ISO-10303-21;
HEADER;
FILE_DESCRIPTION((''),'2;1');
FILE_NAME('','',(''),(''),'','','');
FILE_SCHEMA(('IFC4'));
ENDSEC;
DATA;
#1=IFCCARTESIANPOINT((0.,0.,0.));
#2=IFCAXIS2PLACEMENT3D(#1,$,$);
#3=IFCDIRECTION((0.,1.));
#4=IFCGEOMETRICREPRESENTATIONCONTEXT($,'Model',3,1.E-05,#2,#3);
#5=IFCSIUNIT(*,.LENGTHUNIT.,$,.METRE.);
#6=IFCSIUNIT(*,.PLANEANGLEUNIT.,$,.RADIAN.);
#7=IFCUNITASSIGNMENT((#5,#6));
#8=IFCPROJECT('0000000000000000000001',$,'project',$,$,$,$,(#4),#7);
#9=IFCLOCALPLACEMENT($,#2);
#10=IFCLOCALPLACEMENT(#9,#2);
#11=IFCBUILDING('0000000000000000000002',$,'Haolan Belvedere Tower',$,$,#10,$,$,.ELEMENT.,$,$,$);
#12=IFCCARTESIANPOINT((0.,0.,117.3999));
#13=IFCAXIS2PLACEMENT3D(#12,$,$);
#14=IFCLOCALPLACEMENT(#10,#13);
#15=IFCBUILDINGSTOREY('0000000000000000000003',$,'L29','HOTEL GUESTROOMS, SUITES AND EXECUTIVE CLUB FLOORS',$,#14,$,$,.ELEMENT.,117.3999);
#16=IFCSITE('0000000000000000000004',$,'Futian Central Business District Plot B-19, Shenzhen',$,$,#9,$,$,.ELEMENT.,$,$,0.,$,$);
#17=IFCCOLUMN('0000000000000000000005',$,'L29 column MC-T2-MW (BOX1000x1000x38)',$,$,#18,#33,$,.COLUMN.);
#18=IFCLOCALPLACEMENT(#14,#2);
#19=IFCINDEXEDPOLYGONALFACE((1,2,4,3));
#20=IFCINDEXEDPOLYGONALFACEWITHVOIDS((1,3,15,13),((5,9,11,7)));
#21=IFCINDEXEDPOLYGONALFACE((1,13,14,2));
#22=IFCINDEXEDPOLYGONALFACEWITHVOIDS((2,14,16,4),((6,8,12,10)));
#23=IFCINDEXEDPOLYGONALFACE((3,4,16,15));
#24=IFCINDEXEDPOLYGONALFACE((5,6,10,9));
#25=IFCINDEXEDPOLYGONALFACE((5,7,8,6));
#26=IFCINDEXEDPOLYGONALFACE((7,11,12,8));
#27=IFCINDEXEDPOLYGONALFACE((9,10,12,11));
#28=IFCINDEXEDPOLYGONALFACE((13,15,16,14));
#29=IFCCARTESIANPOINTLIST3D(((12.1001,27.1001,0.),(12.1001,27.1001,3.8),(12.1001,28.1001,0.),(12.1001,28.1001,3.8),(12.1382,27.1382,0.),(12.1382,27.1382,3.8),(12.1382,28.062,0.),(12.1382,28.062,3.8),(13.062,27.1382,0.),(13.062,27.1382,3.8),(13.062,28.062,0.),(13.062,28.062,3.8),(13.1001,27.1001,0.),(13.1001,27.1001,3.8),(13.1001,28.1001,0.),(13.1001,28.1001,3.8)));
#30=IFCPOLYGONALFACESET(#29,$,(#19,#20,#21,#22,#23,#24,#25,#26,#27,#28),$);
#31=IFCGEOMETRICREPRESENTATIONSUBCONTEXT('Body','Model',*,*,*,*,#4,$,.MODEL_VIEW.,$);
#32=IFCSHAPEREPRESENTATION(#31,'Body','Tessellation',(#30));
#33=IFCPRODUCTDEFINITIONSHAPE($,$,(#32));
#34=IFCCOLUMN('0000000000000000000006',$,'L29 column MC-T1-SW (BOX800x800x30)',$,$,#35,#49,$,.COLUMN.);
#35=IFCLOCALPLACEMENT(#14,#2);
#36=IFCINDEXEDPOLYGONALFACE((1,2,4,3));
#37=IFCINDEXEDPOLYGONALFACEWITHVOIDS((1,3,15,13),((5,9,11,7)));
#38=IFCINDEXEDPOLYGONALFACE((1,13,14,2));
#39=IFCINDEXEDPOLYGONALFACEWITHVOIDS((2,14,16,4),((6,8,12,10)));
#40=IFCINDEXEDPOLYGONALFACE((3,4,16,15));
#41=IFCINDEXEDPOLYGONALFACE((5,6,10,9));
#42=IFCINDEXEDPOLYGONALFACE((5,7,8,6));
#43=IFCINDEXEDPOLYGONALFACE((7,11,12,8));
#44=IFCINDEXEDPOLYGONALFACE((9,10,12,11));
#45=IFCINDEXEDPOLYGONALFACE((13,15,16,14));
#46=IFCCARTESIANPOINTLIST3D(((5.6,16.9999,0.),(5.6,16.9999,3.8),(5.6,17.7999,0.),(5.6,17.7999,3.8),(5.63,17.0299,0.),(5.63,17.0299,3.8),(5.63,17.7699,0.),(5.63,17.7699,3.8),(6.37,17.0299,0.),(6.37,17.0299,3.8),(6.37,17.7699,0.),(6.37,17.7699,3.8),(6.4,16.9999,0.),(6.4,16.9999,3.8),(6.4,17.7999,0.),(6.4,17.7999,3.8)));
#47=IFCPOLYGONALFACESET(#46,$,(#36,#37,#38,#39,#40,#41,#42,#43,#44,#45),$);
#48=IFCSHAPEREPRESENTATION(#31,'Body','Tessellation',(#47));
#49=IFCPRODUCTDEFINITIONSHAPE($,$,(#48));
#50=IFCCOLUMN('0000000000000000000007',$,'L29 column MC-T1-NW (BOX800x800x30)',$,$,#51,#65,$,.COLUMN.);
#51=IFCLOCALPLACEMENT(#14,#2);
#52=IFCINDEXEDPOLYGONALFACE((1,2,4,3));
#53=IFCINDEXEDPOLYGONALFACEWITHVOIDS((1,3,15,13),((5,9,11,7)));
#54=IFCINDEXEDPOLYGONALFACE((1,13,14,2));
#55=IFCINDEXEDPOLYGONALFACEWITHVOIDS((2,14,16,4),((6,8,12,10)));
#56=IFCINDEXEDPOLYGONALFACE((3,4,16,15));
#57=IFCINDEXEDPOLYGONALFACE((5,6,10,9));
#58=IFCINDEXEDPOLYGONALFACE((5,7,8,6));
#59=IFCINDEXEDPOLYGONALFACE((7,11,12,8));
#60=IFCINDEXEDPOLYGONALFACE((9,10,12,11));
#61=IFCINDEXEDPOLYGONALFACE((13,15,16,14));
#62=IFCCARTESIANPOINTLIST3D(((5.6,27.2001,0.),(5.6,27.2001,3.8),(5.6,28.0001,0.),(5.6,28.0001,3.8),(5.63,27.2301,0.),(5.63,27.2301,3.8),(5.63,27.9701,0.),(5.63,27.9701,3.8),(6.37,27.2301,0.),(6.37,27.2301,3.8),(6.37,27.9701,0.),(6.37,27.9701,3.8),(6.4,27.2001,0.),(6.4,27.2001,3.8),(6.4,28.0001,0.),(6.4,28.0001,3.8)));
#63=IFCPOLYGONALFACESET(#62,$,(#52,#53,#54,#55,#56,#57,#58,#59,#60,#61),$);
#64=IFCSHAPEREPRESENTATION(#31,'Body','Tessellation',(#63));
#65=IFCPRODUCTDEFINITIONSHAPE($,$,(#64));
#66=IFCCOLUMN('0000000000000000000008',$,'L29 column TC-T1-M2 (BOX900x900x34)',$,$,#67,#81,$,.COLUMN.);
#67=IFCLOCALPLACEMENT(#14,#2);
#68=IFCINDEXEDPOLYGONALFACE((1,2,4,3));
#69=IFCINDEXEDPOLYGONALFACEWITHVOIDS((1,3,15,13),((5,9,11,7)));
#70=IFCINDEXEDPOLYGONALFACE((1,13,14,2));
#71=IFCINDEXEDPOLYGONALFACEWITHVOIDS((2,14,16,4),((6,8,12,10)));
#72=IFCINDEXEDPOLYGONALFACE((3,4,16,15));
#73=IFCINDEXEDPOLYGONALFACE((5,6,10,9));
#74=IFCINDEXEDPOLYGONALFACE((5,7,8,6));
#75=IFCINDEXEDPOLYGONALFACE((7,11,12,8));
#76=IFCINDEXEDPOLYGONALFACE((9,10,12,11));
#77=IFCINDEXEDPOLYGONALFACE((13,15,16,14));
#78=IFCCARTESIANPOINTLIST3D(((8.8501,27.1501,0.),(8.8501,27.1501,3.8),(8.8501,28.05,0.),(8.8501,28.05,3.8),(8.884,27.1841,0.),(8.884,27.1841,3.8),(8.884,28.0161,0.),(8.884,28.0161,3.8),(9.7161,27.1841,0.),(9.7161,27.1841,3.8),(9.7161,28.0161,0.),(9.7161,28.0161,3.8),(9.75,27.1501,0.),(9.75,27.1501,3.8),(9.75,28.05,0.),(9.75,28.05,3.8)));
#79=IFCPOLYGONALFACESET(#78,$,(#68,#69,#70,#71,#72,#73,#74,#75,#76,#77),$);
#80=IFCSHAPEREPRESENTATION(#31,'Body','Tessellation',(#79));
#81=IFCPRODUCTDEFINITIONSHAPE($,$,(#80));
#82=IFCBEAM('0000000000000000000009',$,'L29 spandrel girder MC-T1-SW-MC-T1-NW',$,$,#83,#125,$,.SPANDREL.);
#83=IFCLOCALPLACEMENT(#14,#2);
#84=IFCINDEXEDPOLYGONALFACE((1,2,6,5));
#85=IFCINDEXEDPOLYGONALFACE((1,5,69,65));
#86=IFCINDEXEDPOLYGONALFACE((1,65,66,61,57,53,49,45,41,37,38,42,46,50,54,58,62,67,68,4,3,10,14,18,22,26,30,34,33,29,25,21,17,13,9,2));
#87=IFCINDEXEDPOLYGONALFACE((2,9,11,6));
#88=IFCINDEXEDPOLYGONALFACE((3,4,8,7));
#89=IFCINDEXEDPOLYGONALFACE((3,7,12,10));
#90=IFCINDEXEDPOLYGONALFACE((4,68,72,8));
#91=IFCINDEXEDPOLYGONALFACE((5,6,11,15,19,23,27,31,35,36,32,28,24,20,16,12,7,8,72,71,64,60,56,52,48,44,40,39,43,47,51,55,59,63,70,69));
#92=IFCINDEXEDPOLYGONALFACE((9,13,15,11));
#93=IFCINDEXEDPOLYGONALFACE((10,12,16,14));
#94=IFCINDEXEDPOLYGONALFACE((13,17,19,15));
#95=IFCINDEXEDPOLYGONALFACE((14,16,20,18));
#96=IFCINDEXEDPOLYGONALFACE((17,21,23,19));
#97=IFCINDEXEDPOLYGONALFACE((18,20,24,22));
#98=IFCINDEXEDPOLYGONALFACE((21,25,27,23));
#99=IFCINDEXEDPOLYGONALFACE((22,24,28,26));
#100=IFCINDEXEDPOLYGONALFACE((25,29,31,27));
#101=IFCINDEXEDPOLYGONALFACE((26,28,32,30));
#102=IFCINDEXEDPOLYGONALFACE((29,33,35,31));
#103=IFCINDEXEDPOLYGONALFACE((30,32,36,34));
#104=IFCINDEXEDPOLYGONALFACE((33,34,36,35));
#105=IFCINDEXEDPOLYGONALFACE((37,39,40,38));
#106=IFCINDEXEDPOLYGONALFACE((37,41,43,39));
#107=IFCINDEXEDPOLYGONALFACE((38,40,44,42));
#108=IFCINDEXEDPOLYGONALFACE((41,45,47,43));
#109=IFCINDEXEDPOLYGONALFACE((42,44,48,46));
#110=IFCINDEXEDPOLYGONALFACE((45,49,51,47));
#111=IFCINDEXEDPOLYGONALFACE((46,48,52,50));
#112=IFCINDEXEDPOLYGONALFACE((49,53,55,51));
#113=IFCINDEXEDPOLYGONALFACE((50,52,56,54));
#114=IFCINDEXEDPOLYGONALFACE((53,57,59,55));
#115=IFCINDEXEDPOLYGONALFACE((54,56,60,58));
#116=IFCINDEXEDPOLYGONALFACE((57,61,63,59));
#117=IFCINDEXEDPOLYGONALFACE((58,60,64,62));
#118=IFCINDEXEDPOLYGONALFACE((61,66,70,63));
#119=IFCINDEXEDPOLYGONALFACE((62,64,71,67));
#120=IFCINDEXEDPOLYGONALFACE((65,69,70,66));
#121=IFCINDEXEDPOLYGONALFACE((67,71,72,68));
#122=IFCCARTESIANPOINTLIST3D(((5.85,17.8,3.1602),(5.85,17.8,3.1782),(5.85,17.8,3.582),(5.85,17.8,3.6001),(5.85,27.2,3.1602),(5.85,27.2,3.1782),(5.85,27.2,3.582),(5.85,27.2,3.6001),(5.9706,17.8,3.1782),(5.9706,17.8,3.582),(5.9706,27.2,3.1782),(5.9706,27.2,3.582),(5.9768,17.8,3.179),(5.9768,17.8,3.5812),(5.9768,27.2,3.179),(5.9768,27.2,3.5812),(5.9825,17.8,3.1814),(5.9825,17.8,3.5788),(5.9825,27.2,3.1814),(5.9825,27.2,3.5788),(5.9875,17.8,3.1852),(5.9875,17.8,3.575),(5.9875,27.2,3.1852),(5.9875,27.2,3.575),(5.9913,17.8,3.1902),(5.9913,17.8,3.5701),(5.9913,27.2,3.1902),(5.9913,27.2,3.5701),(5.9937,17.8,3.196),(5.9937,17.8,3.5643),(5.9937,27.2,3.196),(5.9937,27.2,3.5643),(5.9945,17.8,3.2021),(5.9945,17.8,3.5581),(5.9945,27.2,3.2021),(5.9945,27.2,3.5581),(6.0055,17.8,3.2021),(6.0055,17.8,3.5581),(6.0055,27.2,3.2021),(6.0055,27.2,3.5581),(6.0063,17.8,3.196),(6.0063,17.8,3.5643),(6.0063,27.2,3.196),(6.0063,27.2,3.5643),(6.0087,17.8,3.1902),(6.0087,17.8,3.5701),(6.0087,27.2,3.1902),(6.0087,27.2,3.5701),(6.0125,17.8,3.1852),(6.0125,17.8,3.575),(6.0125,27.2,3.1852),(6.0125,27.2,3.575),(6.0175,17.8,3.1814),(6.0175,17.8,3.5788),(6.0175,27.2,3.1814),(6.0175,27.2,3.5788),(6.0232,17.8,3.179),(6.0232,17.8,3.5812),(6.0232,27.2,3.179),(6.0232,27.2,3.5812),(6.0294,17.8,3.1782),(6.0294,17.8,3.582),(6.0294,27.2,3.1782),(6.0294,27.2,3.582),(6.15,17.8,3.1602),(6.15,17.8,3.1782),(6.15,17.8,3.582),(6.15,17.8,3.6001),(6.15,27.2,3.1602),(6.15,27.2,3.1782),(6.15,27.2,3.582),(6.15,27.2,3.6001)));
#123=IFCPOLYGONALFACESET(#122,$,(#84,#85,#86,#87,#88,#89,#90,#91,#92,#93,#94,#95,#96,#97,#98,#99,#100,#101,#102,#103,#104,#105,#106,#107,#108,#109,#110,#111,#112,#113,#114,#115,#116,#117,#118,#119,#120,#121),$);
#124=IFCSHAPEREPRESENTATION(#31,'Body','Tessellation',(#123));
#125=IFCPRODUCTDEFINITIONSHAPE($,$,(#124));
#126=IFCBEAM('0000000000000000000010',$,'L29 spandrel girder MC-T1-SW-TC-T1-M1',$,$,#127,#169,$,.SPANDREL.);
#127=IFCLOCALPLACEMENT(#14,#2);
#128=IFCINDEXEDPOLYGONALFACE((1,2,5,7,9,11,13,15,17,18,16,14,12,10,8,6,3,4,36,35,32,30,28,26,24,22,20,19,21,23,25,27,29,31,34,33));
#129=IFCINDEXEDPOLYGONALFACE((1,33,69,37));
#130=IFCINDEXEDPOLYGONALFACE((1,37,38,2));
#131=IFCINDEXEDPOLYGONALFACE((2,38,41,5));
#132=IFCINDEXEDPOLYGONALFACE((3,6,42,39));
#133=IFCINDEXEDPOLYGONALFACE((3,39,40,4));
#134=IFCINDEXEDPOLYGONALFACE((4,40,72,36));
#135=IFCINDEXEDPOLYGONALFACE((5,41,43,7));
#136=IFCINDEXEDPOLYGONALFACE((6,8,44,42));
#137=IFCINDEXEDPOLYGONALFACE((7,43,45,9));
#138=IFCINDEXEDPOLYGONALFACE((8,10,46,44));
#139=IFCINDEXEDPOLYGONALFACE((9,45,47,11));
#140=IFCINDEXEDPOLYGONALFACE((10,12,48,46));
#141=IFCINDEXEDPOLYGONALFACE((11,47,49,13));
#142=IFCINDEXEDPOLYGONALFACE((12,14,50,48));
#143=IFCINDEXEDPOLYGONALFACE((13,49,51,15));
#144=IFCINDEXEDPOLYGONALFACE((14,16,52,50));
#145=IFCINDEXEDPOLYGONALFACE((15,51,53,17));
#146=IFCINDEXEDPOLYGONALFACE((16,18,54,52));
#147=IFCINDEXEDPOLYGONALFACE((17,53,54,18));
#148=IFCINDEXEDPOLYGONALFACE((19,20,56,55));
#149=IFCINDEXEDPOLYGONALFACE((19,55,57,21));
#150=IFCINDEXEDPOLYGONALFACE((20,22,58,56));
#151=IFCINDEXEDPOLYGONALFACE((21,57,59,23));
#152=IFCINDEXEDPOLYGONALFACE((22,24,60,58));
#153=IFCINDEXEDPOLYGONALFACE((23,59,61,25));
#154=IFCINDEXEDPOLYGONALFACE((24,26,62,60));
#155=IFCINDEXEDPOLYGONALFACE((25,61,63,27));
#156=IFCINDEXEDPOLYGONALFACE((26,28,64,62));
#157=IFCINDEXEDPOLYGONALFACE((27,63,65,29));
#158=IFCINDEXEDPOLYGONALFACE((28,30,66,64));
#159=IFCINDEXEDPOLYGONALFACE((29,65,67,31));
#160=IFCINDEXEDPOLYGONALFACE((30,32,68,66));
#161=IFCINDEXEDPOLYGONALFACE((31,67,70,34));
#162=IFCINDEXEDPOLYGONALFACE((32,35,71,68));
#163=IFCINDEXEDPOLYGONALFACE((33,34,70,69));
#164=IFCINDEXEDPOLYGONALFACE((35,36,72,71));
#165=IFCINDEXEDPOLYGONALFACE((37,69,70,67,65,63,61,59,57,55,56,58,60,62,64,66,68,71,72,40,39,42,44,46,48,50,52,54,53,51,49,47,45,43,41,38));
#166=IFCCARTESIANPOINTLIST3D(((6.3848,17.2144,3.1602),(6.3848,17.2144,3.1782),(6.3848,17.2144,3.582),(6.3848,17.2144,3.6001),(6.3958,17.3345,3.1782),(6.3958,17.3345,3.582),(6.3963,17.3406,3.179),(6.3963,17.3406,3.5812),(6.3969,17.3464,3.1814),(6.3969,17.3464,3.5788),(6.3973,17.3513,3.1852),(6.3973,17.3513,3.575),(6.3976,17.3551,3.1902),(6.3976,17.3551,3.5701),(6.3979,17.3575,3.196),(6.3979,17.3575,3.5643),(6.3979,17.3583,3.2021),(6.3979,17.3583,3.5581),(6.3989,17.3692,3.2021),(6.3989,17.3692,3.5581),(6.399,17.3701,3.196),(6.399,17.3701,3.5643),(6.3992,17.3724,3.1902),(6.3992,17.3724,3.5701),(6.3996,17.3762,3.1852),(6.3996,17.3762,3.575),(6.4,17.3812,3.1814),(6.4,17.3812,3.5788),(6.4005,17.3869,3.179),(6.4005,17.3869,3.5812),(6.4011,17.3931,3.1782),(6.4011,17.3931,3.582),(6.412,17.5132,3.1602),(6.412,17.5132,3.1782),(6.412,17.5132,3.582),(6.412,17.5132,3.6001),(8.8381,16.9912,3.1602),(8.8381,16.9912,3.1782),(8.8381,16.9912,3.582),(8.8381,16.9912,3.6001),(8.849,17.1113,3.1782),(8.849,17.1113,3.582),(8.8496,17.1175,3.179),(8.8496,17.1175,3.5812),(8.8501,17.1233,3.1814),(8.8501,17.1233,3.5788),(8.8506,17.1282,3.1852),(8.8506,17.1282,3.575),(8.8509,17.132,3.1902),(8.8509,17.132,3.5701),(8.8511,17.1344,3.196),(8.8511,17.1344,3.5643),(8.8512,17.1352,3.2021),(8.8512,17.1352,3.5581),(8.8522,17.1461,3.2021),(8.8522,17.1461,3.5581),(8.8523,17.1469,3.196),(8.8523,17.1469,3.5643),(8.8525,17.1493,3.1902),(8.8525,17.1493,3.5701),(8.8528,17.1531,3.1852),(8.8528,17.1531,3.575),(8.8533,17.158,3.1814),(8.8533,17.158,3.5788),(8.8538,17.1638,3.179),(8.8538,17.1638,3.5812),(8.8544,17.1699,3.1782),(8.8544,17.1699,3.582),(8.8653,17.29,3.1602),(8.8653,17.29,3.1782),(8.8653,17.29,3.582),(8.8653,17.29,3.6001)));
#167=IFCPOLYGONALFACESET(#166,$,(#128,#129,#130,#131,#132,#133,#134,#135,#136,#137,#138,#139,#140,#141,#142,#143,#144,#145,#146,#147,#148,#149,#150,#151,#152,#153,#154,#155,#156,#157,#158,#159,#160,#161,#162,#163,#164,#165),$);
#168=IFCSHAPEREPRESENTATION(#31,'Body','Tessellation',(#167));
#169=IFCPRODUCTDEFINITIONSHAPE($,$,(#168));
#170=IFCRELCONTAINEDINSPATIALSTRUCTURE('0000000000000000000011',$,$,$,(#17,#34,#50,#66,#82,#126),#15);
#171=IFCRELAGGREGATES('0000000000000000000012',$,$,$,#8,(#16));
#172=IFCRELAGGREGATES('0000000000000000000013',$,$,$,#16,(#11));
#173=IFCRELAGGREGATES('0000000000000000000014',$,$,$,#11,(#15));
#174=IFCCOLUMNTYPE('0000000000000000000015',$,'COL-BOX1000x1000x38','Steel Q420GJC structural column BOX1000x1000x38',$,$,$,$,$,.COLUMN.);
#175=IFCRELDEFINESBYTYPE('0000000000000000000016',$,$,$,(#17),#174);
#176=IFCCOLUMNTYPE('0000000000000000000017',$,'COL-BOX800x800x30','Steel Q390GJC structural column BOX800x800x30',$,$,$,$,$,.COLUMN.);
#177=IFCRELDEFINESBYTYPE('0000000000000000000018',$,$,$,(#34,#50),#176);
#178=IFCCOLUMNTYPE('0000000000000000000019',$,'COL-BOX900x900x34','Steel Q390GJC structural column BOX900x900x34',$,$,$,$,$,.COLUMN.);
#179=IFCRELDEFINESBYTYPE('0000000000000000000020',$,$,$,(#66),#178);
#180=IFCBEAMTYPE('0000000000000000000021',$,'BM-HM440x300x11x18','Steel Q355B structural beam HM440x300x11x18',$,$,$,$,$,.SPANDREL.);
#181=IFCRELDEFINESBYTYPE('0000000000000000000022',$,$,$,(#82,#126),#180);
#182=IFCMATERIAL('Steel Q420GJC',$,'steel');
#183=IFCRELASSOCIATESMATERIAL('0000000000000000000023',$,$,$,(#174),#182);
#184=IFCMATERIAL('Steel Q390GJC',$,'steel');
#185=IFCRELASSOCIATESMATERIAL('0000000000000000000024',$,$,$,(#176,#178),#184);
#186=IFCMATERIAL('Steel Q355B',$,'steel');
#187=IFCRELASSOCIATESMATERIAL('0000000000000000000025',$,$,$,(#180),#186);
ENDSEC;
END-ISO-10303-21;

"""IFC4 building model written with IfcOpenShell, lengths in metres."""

from ifc_helpers import new_model, si_unit, direction, frame, origin, origin_2d, place, context, subcontext, project, spatial, hollow_rectangle, i_section, extrude, material, material_profile, profile_set, type_object, element, save


model = new_model("IFC4")

# Units and contexts
model_context = context("Model", 3, precision=1e-05, world=origin(), true_north=direction((0.0, 1.0)))
body_context = subcontext(model_context, "Body", "Model", "MODEL_VIEW")
ifc_project = project(units=[si_unit("LENGTHUNIT", "METRE"), si_unit("PLANEANGLEUNIT", "RADIAN")], contexts=[model_context])

# Site, building, storey
site_placement = place(None, origin())
site = spatial("IfcSite", under=ifc_project, at=site_placement, Name="Futian Central Business District Plot B-19, Shenzhen", CompositionType="ELEMENT", RefElevation=0.0)
building_placement = place(site_placement, origin())
building = spatial("IfcBuilding", under=site, at=building_placement, Name="Haolan Belvedere Tower", CompositionType="ELEMENT")
storey_placement = place(building_placement, frame((0.0, 0.0, 117.3999)))
storey = spatial("IfcBuildingStorey", under=building, at=storey_placement, Name="L29", Description="HOTEL GUESTROOMS, SUITES AND EXECUTIVE CLUB FLOORS", CompositionType="ELEMENT", Elevation=117.3999)

# Columns
ifc_material_1 = material(Name="Steel Q420GJC", Category="steel")
ifc_material_profile_1 = material_profile(ifc_material_1, hollow_rectangle(XDim=1.0, YDim=1.0, WallThickness=0.0381, at=origin_2d()), Name="Steel Q420GJC")
ifc_profile_set_1 = profile_set([ifc_material_profile_1], Name="Steel Q420GJC")
column_type_1 = type_object("IfcColumnType", Name="COL-BOX1000x1000x38", Description="Steel Q420GJC structural column BOX1000x1000x38", PredefinedType="COLUMN", material=ifc_profile_set_1)
column_1_placement = place(storey_placement, frame((12.6001, 27.6001, 0.0), z_axis=(0.0, 0.0, 1.0), x_axis=(1.0, 0.0, 0.0)))
element("IfcColumn", 1, at=column_1_placement, inside=storey, type_object=column_type_1, Name="L29 column MC-T2-MW (BOX1000x1000x38)", PredefinedType="COLUMN", context=body_context, shape_type="SweptSolid", body=[
    extrude(hollow_rectangle(XDim=1.0, YDim=1.0, WallThickness=0.0381, at=origin_2d()), origin(), (0.0, 0.0, 1.0), 3.8),
])
ifc_material_2 = material(Name="Steel Q390GJC", Category="steel")
ifc_material_profile_2 = material_profile(ifc_material_2, hollow_rectangle(XDim=0.8, YDim=0.8, WallThickness=0.03, at=origin_2d()), Name="Steel Q390GJC")
ifc_profile_set_2 = profile_set([ifc_material_profile_2], Name="Steel Q390GJC")
column_type_2 = type_object("IfcColumnType", Name="COL-BOX800x800x30", Description="Steel Q390GJC structural column BOX800x800x30", PredefinedType="COLUMN", material=ifc_profile_set_2)
for number, where, z_axis, x_axis, name in (
    (2, (6.0, 17.3999, 0.0), (0.0, 0.0, 1.0), (1.0, 0.0, 0.0), "L29 column MC-T1-SW (BOX800x800x30)"),
    (3, (6.0, 27.6001, 0.0), (0.0, 0.0, 1.0), (1.0, 0.0, 0.0), "L29 column MC-T1-NW (BOX800x800x30)"),
):
    element("IfcColumn", number, at=place(storey_placement, frame(where, z_axis=z_axis, x_axis=x_axis)), inside=storey, type_object=column_type_2, Name=name, PredefinedType="COLUMN", context=body_context, shape_type="SweptSolid", body=[
        extrude(hollow_rectangle(XDim=0.8, YDim=0.8, WallThickness=0.03, at=origin_2d()), origin(), (0.0, 0.0, 1.0), 3.8),
    ])
ifc_material_profile_3 = material_profile(ifc_material_2, hollow_rectangle(XDim=0.8999, YDim=0.8999, WallThickness=0.0339, at=origin_2d()), Name="Steel Q390GJC")
ifc_profile_set_3 = profile_set([ifc_material_profile_3], Name="Steel Q390GJC")
column_type_3 = type_object("IfcColumnType", Name="COL-BOX900x900x34", Description="Steel Q390GJC structural column BOX900x900x34", PredefinedType="COLUMN", material=ifc_profile_set_3)
column_2_placement = place(storey_placement, frame((9.3, 27.6001, 0.0), z_axis=(0.0, 0.0, 1.0), x_axis=(1.0, 0.0, 0.0)))
element("IfcColumn", 4, at=column_2_placement, inside=storey, type_object=column_type_3, Name="L29 column TC-T1-M2 (BOX900x900x34)", PredefinedType="COLUMN", context=body_context, shape_type="SweptSolid", body=[
    extrude(hollow_rectangle(XDim=0.8999, YDim=0.8999, WallThickness=0.0339, at=origin_2d()), origin(), (0.0, 0.0, 1.0), 3.8),
])

# Beams
ifc_material_3 = material(Name="Steel Q355B", Category="steel")
ifc_material_profile_4 = material_profile(ifc_material_3, i_section(OverallWidth=0.3, OverallDepth=0.4399, WebThickness=0.011, FlangeThickness=0.0181, FilletRadius=0.0239, at=origin_2d()), Name="Steel Q355B")
ifc_profile_set_4 = profile_set([ifc_material_profile_4], Name="Steel Q355B")
beam_type_1 = type_object("IfcBeamType", Name="BM-HM440x300x11x18", Description="Steel Q355B structural beam HM440x300x11x18", PredefinedType="SPANDREL", material=ifc_profile_set_4)
beam_1_placement = place(storey_placement, frame((6.0, 17.8, 3.3801), z_axis=(0.0, 1.0, 0.0), x_axis=(-1.0, 0.0, 0.0)))
element("IfcBeam", 5, at=beam_1_placement, inside=storey, type_object=beam_type_1, Name="L29 spandrel girder MC-T1-SW-MC-T1-NW", PredefinedType="SPANDREL", context=body_context, shape_type="SweptSolid", body=[
    extrude(i_section(OverallWidth=0.3, OverallDepth=0.4399, WebThickness=0.011, FlangeThickness=0.0181, FilletRadius=0.0239, at=origin_2d()), origin(), (0.0, 0.0, 1.0), 9.3999),
])
beam_2_placement = place(storey_placement, frame((6.3984, 17.3638, 3.3801), z_axis=(0.995889, -0.09058, 0.0), x_axis=(0.09058, 0.995889, 0.0)))
element("IfcBeam", 6, at=beam_2_placement, inside=storey, type_object=beam_type_1, Name="L29 spandrel girder MC-T1-SW-TC-T1-M1", PredefinedType="SPANDREL", context=body_context, shape_type="SweptSolid", body=[
    extrude(i_section(OverallWidth=0.3, OverallDepth=0.4399, WebThickness=0.011, FlangeThickness=0.0181, FilletRadius=0.0239, at=origin_2d()), origin(), (0.0, 0.0, 1.0), 2.4634),
])

save(model, "model.ifc")
